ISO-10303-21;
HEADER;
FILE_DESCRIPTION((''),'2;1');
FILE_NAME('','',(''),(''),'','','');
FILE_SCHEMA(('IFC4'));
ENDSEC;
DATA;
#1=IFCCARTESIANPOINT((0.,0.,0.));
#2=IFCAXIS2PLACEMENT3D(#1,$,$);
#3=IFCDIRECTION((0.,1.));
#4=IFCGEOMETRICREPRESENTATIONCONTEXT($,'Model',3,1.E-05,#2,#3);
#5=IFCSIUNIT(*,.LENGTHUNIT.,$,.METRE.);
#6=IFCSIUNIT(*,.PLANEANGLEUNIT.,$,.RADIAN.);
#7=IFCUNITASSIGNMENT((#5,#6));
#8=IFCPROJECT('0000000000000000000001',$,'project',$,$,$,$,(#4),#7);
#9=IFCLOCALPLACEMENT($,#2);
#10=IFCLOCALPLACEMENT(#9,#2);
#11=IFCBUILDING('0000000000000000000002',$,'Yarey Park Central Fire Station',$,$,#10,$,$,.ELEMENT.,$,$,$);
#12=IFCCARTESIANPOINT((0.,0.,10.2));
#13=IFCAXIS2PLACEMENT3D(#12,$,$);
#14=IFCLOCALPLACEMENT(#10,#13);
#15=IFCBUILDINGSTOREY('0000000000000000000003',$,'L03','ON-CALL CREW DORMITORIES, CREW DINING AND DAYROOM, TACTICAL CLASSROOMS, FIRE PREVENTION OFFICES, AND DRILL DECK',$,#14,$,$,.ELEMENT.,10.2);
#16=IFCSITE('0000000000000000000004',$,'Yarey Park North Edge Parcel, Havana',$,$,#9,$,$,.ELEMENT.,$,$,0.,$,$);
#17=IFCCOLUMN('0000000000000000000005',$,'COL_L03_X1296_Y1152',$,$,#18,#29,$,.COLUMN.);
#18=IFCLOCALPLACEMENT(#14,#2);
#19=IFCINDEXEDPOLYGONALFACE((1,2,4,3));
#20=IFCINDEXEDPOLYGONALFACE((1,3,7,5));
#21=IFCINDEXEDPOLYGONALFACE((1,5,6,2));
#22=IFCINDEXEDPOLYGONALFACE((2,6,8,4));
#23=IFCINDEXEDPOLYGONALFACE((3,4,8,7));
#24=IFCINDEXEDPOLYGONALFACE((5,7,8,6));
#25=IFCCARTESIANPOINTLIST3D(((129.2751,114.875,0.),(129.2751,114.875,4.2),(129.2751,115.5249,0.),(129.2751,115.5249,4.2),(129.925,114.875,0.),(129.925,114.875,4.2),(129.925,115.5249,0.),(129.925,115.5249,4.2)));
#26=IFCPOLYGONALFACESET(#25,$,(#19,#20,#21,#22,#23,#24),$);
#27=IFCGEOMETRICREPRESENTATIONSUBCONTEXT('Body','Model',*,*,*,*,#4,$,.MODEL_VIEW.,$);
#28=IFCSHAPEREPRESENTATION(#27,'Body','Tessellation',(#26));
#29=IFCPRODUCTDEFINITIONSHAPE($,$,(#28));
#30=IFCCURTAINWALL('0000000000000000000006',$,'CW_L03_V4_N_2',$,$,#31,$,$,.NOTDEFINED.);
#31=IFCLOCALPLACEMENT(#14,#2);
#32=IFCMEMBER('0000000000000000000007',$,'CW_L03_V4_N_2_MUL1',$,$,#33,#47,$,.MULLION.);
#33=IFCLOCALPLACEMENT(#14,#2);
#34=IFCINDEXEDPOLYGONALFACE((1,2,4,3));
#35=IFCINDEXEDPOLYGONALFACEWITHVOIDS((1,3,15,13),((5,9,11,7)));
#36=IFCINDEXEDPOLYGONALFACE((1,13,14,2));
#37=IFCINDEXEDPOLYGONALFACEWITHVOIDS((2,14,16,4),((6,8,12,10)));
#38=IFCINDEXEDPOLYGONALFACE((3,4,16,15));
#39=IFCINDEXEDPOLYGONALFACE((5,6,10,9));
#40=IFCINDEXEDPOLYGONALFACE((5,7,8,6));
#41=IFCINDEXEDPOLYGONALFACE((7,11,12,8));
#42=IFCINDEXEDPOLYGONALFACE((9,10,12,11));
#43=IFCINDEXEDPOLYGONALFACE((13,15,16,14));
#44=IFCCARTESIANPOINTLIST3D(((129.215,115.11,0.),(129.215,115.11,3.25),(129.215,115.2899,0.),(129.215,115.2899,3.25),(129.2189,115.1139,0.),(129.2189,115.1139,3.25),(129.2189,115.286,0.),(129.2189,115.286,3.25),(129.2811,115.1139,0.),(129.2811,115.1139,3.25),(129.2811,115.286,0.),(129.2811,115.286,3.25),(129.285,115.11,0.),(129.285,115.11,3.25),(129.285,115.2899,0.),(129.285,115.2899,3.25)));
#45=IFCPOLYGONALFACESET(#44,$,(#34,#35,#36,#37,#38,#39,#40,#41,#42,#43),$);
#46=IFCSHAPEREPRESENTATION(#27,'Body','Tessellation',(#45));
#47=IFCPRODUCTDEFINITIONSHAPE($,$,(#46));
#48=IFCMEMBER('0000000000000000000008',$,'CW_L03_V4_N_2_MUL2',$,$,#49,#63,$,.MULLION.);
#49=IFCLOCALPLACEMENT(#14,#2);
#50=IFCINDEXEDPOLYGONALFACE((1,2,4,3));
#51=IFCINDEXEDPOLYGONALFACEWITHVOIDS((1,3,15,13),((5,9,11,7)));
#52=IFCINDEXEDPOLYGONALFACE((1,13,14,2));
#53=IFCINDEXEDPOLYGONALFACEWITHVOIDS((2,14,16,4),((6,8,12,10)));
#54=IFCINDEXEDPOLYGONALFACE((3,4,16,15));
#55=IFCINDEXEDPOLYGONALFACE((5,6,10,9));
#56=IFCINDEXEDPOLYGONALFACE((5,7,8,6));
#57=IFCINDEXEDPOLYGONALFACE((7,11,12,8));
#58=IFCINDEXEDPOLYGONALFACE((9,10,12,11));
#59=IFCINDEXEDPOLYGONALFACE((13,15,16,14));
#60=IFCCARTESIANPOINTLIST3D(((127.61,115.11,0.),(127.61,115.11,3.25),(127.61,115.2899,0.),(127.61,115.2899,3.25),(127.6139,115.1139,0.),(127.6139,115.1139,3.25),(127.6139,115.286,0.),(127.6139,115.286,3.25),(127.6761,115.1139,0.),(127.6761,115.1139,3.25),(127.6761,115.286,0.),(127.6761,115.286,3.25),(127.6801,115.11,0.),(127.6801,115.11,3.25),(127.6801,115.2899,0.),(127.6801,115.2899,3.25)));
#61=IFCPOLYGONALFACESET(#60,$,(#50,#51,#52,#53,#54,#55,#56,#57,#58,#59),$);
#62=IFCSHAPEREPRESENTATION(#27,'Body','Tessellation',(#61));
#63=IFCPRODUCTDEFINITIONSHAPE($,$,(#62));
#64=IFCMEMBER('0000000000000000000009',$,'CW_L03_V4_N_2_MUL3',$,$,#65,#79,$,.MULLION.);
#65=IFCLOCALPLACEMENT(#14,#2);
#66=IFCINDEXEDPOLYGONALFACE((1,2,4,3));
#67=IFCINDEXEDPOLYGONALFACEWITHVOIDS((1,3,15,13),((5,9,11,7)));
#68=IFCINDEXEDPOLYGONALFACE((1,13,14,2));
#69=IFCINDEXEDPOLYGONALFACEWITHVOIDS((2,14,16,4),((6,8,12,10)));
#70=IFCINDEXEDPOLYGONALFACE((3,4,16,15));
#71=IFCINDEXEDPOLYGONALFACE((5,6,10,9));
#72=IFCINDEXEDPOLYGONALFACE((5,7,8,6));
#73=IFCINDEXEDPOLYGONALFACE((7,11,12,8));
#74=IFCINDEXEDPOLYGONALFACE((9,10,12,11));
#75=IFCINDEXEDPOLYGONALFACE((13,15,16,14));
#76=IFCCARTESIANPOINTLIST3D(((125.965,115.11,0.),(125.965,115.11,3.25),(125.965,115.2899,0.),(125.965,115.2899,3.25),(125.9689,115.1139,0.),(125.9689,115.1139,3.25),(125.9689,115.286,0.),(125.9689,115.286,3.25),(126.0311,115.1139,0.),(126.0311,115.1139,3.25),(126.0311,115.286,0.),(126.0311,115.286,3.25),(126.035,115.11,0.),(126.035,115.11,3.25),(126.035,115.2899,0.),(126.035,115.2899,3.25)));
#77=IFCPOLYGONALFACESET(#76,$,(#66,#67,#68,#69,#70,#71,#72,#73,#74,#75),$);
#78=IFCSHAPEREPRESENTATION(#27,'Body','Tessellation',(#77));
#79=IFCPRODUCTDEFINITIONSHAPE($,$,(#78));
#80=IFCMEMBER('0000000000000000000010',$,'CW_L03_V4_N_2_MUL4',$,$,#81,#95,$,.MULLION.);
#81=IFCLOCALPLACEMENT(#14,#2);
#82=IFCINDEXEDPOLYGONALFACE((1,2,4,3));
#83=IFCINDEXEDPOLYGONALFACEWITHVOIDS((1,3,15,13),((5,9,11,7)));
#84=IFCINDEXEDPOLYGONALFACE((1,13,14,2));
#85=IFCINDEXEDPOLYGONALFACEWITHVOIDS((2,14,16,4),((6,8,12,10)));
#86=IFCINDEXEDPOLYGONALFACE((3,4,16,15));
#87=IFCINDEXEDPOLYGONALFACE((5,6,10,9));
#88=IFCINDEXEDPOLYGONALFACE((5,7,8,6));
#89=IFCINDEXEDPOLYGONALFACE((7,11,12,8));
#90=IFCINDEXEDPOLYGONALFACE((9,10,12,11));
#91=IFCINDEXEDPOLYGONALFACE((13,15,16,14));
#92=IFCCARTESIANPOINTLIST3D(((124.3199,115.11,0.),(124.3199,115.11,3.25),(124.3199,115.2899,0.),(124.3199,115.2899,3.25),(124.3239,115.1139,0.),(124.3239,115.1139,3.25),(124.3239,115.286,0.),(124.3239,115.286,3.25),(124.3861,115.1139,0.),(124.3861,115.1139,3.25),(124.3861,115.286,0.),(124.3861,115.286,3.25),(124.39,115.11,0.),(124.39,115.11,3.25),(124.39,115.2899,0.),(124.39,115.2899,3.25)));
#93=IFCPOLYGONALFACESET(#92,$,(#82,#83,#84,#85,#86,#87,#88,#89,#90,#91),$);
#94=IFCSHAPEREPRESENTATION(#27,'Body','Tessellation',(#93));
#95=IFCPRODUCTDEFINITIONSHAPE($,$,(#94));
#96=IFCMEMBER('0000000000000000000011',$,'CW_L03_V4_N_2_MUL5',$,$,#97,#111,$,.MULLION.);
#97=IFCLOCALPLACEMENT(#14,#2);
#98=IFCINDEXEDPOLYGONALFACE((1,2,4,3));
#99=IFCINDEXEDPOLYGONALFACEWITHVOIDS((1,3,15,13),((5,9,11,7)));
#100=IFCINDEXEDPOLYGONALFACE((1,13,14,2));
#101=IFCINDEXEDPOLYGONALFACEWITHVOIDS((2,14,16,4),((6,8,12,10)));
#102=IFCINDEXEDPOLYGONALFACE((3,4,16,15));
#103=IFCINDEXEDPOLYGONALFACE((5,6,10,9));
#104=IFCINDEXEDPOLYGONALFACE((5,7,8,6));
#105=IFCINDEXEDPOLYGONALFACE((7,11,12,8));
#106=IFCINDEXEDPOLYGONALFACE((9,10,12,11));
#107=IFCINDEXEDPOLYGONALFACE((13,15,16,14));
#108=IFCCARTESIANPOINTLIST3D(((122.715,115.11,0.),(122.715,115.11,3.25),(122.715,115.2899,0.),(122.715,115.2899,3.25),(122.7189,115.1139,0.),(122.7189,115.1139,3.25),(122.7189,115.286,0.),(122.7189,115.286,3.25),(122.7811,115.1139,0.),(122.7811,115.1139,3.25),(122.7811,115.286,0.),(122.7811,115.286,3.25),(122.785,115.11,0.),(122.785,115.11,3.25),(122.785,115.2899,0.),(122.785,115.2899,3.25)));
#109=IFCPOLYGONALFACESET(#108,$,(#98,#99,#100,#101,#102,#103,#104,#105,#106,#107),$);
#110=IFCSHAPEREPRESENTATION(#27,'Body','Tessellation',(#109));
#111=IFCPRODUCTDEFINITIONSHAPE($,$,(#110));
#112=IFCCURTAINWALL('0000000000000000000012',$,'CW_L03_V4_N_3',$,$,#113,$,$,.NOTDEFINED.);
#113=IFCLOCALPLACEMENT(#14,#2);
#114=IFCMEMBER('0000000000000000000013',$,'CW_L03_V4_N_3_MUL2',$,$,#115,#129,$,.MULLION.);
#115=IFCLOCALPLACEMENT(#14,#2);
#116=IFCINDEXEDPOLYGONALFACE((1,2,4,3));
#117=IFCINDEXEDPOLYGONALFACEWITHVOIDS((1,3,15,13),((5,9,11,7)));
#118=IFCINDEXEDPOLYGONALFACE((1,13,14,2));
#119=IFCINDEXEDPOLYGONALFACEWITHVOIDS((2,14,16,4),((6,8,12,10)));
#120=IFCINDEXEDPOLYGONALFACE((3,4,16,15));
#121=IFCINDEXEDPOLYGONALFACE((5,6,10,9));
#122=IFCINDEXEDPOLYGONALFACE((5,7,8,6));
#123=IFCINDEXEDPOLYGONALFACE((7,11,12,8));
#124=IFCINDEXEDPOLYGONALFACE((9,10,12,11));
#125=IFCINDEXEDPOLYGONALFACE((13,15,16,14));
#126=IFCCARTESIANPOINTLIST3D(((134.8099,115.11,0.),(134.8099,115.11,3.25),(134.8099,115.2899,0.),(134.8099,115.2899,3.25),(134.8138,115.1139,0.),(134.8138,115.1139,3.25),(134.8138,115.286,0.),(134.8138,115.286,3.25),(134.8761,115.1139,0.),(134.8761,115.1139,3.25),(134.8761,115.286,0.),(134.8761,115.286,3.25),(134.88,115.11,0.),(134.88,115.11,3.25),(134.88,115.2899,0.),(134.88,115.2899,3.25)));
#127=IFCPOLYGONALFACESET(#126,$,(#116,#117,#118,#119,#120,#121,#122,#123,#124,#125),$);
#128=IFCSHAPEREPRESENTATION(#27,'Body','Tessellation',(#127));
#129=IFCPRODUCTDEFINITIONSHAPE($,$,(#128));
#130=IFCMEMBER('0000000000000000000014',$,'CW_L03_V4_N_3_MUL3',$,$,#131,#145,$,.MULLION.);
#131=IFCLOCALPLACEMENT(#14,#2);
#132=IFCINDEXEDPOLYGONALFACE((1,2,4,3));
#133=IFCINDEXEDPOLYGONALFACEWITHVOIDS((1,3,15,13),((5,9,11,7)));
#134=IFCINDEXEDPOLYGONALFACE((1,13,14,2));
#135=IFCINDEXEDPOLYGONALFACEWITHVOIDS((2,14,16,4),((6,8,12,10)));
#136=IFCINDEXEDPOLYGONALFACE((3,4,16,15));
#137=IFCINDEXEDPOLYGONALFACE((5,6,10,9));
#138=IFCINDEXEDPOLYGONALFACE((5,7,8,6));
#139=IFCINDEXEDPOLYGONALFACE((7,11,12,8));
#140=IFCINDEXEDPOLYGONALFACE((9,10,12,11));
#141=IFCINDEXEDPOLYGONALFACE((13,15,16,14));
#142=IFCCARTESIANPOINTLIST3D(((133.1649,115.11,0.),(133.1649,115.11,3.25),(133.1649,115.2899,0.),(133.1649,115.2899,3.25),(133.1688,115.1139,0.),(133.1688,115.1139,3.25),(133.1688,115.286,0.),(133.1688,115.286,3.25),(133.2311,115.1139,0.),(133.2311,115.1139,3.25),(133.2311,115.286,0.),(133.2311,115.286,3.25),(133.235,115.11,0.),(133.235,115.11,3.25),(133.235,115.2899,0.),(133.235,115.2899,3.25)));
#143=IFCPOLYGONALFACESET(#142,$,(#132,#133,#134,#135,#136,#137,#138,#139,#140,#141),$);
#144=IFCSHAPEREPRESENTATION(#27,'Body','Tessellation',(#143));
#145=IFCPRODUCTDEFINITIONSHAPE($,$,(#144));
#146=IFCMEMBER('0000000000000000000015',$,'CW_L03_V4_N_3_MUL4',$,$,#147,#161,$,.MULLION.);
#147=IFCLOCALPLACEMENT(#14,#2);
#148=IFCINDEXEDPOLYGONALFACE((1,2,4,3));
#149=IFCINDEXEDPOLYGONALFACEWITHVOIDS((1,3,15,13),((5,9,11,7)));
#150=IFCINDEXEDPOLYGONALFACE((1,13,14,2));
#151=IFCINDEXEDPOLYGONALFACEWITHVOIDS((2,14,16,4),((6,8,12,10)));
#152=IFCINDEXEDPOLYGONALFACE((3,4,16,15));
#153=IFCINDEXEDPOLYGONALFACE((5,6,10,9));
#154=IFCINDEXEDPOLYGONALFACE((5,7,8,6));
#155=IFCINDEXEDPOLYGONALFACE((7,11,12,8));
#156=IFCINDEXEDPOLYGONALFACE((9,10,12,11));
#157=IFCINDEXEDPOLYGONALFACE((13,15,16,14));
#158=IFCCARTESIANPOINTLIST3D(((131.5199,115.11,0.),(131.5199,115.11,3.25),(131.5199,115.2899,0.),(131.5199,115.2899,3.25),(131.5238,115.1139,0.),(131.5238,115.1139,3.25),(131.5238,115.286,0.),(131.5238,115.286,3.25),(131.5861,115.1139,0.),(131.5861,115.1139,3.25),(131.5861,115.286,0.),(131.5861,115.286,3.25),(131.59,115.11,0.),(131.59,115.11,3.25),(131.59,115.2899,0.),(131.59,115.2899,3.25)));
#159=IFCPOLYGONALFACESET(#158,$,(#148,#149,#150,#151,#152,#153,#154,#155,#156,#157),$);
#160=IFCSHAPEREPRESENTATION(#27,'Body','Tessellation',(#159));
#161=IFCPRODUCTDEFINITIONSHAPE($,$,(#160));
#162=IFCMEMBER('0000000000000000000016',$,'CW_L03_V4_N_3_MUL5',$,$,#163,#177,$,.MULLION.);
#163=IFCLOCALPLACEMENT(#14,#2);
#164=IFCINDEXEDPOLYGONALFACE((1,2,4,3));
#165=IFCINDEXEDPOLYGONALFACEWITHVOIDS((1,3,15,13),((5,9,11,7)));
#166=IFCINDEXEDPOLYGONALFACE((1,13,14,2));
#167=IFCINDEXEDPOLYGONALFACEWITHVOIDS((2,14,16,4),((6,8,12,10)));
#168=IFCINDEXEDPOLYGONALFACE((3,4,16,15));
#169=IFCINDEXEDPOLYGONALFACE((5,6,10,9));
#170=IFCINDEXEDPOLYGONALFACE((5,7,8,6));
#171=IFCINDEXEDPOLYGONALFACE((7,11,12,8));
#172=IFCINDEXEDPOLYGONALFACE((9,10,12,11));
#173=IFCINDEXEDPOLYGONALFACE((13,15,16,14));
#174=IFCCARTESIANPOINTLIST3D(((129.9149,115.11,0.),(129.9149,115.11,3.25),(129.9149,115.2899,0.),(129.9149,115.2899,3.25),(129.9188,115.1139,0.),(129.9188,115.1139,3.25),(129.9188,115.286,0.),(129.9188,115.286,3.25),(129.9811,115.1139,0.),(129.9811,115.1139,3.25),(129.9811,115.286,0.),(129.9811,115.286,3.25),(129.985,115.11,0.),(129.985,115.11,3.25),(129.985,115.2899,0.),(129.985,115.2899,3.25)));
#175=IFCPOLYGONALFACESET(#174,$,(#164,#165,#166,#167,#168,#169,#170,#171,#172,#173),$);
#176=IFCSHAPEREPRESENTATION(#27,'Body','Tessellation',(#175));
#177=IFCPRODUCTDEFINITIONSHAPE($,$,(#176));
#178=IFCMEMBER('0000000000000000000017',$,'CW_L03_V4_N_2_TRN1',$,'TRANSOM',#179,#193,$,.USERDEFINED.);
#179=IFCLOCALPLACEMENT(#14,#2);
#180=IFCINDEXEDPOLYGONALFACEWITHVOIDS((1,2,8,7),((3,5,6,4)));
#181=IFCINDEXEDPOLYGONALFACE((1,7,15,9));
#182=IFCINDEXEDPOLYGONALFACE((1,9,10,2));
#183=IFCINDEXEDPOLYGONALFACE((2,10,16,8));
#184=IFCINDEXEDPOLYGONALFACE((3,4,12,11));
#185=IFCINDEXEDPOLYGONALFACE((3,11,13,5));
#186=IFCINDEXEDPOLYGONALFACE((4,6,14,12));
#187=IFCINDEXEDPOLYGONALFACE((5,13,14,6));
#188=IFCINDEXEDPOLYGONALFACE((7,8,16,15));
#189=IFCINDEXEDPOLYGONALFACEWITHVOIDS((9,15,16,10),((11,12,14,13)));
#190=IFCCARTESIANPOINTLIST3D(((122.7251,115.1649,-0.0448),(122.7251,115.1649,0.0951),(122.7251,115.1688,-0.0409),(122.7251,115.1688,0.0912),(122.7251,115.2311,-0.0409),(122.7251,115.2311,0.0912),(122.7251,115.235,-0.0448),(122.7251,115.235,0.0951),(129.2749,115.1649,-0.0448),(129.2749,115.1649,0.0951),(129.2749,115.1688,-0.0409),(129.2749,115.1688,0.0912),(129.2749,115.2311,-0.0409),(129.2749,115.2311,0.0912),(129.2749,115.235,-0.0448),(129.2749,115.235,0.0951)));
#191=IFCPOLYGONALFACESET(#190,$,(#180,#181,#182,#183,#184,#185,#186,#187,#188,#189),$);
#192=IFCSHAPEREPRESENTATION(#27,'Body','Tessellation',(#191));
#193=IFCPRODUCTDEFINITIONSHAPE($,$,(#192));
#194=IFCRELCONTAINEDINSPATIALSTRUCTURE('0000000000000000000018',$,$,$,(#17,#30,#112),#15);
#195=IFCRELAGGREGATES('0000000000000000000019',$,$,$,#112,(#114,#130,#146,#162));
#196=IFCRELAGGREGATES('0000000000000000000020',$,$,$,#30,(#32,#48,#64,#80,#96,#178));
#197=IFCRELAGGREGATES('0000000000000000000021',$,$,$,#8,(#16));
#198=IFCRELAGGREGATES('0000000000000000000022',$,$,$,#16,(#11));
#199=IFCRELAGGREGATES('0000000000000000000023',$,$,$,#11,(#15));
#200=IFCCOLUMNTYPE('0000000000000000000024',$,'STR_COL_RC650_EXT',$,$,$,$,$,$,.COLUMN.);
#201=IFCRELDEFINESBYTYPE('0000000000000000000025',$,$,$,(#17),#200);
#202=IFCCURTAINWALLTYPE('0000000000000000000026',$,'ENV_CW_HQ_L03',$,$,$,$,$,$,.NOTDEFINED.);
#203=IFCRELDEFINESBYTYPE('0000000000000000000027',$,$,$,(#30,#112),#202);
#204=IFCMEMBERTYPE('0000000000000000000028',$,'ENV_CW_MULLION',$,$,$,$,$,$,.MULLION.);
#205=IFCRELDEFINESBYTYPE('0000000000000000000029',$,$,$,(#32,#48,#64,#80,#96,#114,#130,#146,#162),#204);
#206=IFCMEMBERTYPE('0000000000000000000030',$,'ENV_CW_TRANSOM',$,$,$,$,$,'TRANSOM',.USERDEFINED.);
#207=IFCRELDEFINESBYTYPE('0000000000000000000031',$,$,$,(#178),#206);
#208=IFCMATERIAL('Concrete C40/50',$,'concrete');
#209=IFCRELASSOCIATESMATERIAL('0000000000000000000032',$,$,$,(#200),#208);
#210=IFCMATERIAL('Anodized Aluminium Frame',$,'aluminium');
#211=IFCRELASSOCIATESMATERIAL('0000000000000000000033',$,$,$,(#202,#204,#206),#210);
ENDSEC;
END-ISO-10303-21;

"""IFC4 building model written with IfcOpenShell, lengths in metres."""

from ifc_helpers import new_model, si_unit, direction, frame, origin, origin_2d, place, context, subcontext, project, spatial, rectangle, hollow_rectangle, extrude, material, material_profile, profile_set, type_object, element, aggregate, save


model = new_model("IFC4")

# Units and contexts
model_context = context("Model", 3, precision=1e-05, world=origin(), true_north=direction((0.0, 1.0)))
body_context = subcontext(model_context, "Body", "Model", "MODEL_VIEW")
ifc_project = project(units=[si_unit("LENGTHUNIT", "METRE"), si_unit("PLANEANGLEUNIT", "RADIAN")], contexts=[model_context])

# Site, building, storey
site_placement = place(None, origin())
site = spatial("IfcSite", under=ifc_project, at=site_placement, Name="Yarey Park North Edge Parcel, Havana", CompositionType="ELEMENT", RefElevation=0.0)
building_placement = place(site_placement, origin())
building = spatial("IfcBuilding", under=site, at=building_placement, Name="Yarey Park Central Fire Station", CompositionType="ELEMENT")
storey_placement = place(building_placement, frame((0.0, 0.0, 10.2)))
storey = spatial("IfcBuildingStorey", under=building, at=storey_placement, Name="L03", Description="ON-CALL CREW DORMITORIES, CREW DINING AND DAYROOM, TACTICAL CLASSROOMS, FIRE PREVENTION OFFICES, AND DRILL DECK", CompositionType="ELEMENT", Elevation=10.2)

# Column
ifc_material_1 = material(Name="Concrete C40/50", Category="concrete")
ifc_material_profile_1 = material_profile(ifc_material_1, rectangle(XDim=0.6499, YDim=0.6499, at=origin_2d()), Name="RC 650x650")
ifc_profile_set_1 = profile_set([ifc_material_profile_1], Name="Concrete C40/50")
column_type = type_object("IfcColumnType", Name="STR_COL_RC650_EXT", PredefinedType="COLUMN", material=ifc_profile_set_1)
column_placement = place(storey_placement, frame((129.6001, 115.2, 0.0), z_axis=(0.0, 0.0, 1.0), x_axis=(1.0, 0.0, 0.0)))
element("IfcColumn", 1, at=column_placement, inside=storey, type_object=column_type, Name="COL_L03_X1296_Y1152", PredefinedType="COLUMN", context=body_context, shape_type="SweptSolid", body=[
    extrude(rectangle(XDim=0.6499, YDim=0.6499, at=origin_2d()), origin(), (0.0, 0.0, 1.0), 4.2),
])

# Curtain walls, members
ifc_material_2 = material(Name="Anodized Aluminium Frame", Category="aluminium")
curtain_wall_type = type_object("IfcCurtainWallType", Name="ENV_CW_HQ_L03", PredefinedType="NOTDEFINED", material=ifc_material_2)
curtain_wall_1_placement = place(storey_placement, origin())
curtain_wall_1 = element("IfcCurtainWall", 2, at=curtain_wall_1_placement, inside=storey, type_object=curtain_wall_type, Name="CW_L03_V4_N_2", PredefinedType="NOTDEFINED")
ifc_material_profile_2 = material_profile(ifc_material_2, hollow_rectangle(XDim=0.0701, YDim=0.1799, WallThickness=0.0039, at=origin_2d()), Name="ALU 180x70x4")
ifc_profile_set_2 = profile_set([ifc_material_profile_2], Name="Anodized Aluminium Frame")
member_type_1 = type_object("IfcMemberType", Name="ENV_CW_MULLION", PredefinedType="MULLION", material=ifc_profile_set_2)
member_1_placement = place(storey_placement, frame((129.25, 115.2, 0.0), z_axis=(0.0, 0.0, 1.0), x_axis=(1.0, 0.0, 0.0)))
member_1 = element("IfcMember", 3, at=member_1_placement, type_object=member_type_1, Name="CW_L03_V4_N_2_MUL1", PredefinedType="MULLION", context=body_context, shape_type="SweptSolid", body=[
    extrude(hollow_rectangle(XDim=0.0701, YDim=0.1799, WallThickness=0.0039, at=origin_2d()), origin(), (0.0, 0.0, 1.0), 3.25),
])
member_2_placement = place(storey_placement, frame((127.645, 115.2, 0.0), z_axis=(0.0, 0.0, 1.0), x_axis=(1.0, 0.0, 0.0)))
member_2 = element("IfcMember", 4, at=member_2_placement, type_object=member_type_1, Name="CW_L03_V4_N_2_MUL2", PredefinedType="MULLION", context=body_context, shape_type="SweptSolid", body=[
    extrude(hollow_rectangle(XDim=0.0701, YDim=0.1799, WallThickness=0.0039, at=origin_2d()), origin(), (0.0, 0.0, 1.0), 3.25),
])
member_3_placement = place(storey_placement, frame((126.0, 115.2, 0.0), z_axis=(0.0, 0.0, 1.0), x_axis=(1.0, 0.0, 0.0)))
member_3 = element("IfcMember", 5, at=member_3_placement, type_object=member_type_1, Name="CW_L03_V4_N_2_MUL3", PredefinedType="MULLION", context=body_context, shape_type="SweptSolid", body=[
    extrude(hollow_rectangle(XDim=0.0701, YDim=0.1799, WallThickness=0.0039, at=origin_2d()), origin(), (0.0, 0.0, 1.0), 3.25),
])
member_4_placement = place(storey_placement, frame((124.355, 115.2, 0.0), z_axis=(0.0, 0.0, 1.0), x_axis=(1.0, 0.0, 0.0)))
member_4 = element("IfcMember", 6, at=member_4_placement, type_object=member_type_1, Name="CW_L03_V4_N_2_MUL4", PredefinedType="MULLION", context=body_context, shape_type="SweptSolid", body=[
    extrude(hollow_rectangle(XDim=0.0701, YDim=0.1799, WallThickness=0.0039, at=origin_2d()), origin(), (0.0, 0.0, 1.0), 3.25),
])
member_5_placement = place(storey_placement, frame((122.75, 115.2, 0.0), z_axis=(0.0, 0.0, 1.0), x_axis=(1.0, 0.0, 0.0)))
member_5 = element("IfcMember", 7, at=member_5_placement, type_object=member_type_1, Name="CW_L03_V4_N_2_MUL5", PredefinedType="MULLION", context=body_context, shape_type="SweptSolid", body=[
    extrude(hollow_rectangle(XDim=0.0701, YDim=0.1799, WallThickness=0.0039, at=origin_2d()), origin(), (0.0, 0.0, 1.0), 3.25),
])
curtain_wall_2_placement = place(storey_placement, origin())
curtain_wall_2 = element("IfcCurtainWall", 8, at=curtain_wall_2_placement, inside=storey, type_object=curtain_wall_type, Name="CW_L03_V4_N_3", PredefinedType="NOTDEFINED")
member_6_placement = place(storey_placement, frame((134.845, 115.2, 0.0), z_axis=(0.0, 0.0, 1.0), x_axis=(1.0, 0.0, 0.0)))
member_6 = element("IfcMember", 9, at=member_6_placement, type_object=member_type_1, Name="CW_L03_V4_N_3_MUL2", PredefinedType="MULLION", context=body_context, shape_type="SweptSolid", body=[
    extrude(hollow_rectangle(XDim=0.0701, YDim=0.1799, WallThickness=0.0039, at=origin_2d()), origin(), (0.0, 0.0, 1.0), 3.25),
])
member_7_placement = place(storey_placement, frame((133.2, 115.2, 0.0), z_axis=(0.0, 0.0, 1.0), x_axis=(1.0, 0.0, 0.0)))
member_7 = element("IfcMember", 10, at=member_7_placement, type_object=member_type_1, Name="CW_L03_V4_N_3_MUL3", PredefinedType="MULLION", context=body_context, shape_type="SweptSolid", body=[
    extrude(hollow_rectangle(XDim=0.0701, YDim=0.1799, WallThickness=0.0039, at=origin_2d()), origin(), (0.0, 0.0, 1.0), 3.25),
])
member_8_placement = place(storey_placement, frame((131.5549, 115.2, 0.0), z_axis=(0.0, 0.0, 1.0), x_axis=(1.0, 0.0, 0.0)))
member_8 = element("IfcMember", 11, at=member_8_placement, type_object=member_type_1, Name="CW_L03_V4_N_3_MUL4", PredefinedType="MULLION", context=body_context, shape_type="SweptSolid", body=[
    extrude(hollow_rectangle(XDim=0.0701, YDim=0.1799, WallThickness=0.0039, at=origin_2d()), origin(), (0.0, 0.0, 1.0), 3.25),
])
member_9_placement = place(storey_placement, frame((129.95, 115.2, 0.0), z_axis=(0.0, 0.0, 1.0), x_axis=(1.0, 0.0, 0.0)))
member_9 = element("IfcMember", 12, at=member_9_placement, type_object=member_type_1, Name="CW_L03_V4_N_3_MUL5", PredefinedType="MULLION", context=body_context, shape_type="SweptSolid", body=[
    extrude(hollow_rectangle(XDim=0.0701, YDim=0.1799, WallThickness=0.0039, at=origin_2d()), origin(), (0.0, 0.0, 1.0), 3.25),
])

# Member
ifc_material_profile_3 = material_profile(ifc_material_2, hollow_rectangle(XDim=0.0701, YDim=0.1399, WallThickness=0.0039, at=origin_2d()), Name="ALU 140x70x4")
ifc_profile_set_3 = profile_set([ifc_material_profile_3], Name="Anodized Aluminium Frame")
member_type_2 = type_object("IfcMemberType", Name="ENV_CW_TRANSOM", ElementType="TRANSOM", PredefinedType="USERDEFINED", material=ifc_profile_set_3)
member_10_placement = place(storey_placement, frame((129.2749, 115.2, 0.0251), z_axis=(-1.0, 0.0, 0.0), x_axis=(0.0, -1.0, 0.0)))
member_10 = element("IfcMember", 13, at=member_10_placement, type_object=member_type_2, Name="CW_L03_V4_N_2_TRN1", ObjectType="TRANSOM", PredefinedType="USERDEFINED", context=body_context, shape_type="SweptSolid", body=[
    extrude(hollow_rectangle(XDim=0.0701, YDim=0.1399, WallThickness=0.0039, at=origin_2d()), origin(), (0.0, 0.0, 1.0), 6.5498),
])

aggregate(curtain_wall_2, [member_6, member_7, member_8, member_9])
aggregate(curtain_wall_1, [member_1, member_2, member_3, member_4, member_5, member_10])

save(model, "model.ifc")
